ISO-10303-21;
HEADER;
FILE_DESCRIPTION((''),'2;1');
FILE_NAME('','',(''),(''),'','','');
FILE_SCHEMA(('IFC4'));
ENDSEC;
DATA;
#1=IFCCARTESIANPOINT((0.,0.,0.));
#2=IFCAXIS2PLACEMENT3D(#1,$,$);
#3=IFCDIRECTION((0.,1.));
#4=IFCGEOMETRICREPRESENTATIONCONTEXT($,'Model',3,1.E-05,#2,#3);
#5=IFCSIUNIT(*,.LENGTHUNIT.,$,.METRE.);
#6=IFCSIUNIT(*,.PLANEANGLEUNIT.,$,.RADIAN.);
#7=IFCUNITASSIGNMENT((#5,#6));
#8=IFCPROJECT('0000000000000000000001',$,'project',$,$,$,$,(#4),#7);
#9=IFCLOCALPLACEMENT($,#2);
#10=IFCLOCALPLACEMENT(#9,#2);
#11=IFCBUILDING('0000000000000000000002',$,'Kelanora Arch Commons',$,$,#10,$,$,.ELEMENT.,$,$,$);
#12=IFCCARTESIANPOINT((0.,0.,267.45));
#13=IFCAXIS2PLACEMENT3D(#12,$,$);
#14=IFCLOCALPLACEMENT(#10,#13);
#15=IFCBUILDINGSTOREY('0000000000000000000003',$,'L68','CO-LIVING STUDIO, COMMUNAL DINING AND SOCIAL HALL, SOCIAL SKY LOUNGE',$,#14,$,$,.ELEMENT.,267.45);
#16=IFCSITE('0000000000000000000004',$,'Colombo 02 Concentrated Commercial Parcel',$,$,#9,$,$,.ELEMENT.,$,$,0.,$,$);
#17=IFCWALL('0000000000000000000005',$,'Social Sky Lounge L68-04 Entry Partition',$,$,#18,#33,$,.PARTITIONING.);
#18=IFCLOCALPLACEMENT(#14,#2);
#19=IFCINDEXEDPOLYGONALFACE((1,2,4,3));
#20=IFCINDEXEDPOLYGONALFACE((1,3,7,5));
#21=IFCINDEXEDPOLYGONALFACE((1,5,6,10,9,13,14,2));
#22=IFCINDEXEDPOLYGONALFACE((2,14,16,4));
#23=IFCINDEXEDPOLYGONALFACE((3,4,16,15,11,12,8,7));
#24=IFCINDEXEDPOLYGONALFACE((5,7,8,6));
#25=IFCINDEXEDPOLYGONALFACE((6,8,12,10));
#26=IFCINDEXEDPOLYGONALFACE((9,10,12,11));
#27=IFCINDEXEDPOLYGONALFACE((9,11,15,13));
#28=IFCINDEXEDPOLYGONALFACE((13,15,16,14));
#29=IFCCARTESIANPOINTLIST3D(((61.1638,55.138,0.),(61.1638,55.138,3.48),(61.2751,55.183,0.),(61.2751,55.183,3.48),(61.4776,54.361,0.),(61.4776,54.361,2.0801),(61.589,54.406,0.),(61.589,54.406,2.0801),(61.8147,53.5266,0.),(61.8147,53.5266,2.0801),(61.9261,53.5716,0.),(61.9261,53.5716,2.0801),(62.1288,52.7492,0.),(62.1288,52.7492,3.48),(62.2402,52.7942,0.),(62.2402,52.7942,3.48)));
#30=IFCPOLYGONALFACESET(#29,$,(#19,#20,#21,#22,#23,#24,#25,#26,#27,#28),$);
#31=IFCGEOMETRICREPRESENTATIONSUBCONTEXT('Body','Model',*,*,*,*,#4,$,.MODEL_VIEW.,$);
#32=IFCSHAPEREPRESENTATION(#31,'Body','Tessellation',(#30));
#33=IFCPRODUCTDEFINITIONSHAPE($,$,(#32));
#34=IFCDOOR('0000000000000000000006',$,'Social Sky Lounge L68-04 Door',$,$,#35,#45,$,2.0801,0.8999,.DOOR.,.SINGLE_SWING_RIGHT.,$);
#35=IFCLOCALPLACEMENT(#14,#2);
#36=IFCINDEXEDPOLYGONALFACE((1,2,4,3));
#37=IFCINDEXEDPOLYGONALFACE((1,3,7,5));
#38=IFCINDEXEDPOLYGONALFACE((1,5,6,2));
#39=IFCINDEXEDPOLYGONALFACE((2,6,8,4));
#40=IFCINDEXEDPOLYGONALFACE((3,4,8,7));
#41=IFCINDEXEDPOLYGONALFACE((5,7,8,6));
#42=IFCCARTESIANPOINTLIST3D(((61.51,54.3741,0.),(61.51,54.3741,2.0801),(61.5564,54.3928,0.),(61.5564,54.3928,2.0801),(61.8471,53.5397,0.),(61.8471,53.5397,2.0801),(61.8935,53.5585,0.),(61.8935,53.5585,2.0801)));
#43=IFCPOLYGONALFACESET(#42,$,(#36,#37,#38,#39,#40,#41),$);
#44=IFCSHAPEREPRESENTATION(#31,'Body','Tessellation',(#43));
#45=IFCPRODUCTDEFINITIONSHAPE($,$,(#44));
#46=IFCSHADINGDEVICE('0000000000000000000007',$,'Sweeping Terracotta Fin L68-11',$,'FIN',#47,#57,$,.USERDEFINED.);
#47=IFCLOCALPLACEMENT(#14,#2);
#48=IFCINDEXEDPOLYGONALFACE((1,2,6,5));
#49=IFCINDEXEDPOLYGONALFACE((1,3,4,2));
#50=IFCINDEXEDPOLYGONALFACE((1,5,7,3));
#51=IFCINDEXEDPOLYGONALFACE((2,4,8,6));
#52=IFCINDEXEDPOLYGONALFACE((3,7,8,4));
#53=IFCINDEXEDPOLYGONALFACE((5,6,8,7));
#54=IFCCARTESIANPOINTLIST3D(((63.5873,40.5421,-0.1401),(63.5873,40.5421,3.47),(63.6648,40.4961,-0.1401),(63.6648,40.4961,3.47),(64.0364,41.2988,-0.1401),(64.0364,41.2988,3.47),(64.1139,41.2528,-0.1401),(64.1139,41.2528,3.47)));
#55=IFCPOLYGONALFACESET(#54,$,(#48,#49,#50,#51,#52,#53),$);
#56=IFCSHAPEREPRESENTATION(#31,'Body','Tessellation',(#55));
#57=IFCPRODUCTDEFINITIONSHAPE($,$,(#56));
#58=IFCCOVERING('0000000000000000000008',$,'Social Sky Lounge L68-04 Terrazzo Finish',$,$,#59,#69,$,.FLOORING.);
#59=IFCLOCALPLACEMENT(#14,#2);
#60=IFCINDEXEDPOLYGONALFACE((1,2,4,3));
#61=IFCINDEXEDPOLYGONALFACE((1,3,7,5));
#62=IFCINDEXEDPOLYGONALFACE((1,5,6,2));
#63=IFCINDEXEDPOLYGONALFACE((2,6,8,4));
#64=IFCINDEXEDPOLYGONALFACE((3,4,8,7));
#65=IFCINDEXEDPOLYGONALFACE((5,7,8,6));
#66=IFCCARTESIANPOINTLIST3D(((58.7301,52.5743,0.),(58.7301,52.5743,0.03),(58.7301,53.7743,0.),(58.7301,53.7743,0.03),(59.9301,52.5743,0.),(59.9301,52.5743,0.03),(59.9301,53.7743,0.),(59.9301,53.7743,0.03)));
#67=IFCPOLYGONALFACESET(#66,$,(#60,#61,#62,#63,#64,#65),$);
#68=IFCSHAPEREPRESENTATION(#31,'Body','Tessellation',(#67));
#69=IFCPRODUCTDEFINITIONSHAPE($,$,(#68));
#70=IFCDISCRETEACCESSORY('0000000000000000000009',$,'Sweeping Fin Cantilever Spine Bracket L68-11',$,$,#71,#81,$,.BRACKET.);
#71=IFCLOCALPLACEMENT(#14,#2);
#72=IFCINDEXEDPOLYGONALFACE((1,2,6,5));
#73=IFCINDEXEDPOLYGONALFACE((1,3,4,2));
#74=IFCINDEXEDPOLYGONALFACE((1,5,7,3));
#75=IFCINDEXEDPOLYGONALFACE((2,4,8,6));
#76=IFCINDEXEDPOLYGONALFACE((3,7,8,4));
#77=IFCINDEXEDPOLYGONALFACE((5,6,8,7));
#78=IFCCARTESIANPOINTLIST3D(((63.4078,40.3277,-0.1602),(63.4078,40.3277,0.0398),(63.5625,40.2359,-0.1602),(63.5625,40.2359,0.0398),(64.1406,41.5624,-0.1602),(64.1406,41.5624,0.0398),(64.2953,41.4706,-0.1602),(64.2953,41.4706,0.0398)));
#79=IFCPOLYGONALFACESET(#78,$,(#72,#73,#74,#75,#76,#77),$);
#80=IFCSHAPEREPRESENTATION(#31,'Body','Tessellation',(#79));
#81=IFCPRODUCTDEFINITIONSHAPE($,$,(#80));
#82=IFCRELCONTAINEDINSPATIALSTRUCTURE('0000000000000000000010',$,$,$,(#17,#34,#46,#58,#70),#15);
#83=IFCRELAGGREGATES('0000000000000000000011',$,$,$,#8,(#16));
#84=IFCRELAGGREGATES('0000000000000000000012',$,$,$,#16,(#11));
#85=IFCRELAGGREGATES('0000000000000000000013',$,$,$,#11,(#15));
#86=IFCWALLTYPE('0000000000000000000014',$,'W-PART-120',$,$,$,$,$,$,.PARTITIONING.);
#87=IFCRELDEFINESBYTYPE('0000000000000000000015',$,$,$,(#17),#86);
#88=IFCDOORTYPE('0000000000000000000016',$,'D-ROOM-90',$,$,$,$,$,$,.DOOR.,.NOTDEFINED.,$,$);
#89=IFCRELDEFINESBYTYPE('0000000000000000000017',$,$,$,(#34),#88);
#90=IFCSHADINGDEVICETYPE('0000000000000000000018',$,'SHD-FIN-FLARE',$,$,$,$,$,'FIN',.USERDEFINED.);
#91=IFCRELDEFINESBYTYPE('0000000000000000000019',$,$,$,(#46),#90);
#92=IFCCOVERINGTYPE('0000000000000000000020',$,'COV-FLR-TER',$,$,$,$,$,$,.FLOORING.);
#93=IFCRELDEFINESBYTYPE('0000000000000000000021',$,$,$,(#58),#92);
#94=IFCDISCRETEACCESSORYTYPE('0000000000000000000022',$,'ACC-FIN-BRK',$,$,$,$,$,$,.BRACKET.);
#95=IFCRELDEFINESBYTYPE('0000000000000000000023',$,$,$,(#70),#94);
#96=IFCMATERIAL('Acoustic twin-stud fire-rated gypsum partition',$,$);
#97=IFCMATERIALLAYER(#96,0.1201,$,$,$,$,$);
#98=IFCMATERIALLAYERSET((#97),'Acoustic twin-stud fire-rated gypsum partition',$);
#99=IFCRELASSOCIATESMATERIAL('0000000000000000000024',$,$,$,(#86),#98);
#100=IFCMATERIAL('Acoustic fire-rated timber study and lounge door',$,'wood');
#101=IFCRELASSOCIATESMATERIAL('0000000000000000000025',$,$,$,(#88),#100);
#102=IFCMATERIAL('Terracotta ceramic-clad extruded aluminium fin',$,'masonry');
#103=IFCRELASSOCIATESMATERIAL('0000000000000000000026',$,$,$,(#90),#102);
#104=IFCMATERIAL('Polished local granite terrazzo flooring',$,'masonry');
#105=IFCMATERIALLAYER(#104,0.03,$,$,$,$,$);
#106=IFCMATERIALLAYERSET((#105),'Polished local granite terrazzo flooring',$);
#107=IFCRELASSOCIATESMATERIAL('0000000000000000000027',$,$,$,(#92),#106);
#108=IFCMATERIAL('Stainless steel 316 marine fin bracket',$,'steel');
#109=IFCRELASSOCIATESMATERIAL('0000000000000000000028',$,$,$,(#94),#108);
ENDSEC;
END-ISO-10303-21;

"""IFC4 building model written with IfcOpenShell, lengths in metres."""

from ifc_helpers import new_model, si_unit, direction, frame, frame_2d, origin, origin_2d, place, context, subcontext, project, spatial, rectangle, extrude, source, transform, mapped, material, layer, layer_set, type_object, element, fill, save


model = new_model("IFC4")

# Units and contexts
model_context = context("Model", 3, precision=1e-05, world=origin(), true_north=direction((0.0, 1.0)))
body_context = subcontext(model_context, "Body", "Model", "MODEL_VIEW")
ifc_project = project(units=[si_unit("LENGTHUNIT", "METRE"), si_unit("PLANEANGLEUNIT", "RADIAN")], contexts=[model_context])

# Site, building, storey
site_placement = place(None, origin())
site = spatial("IfcSite", under=ifc_project, at=site_placement, Name="Colombo 02 Concentrated Commercial Parcel", CompositionType="ELEMENT", RefElevation=0.0)
building_placement = place(site_placement, origin())
building = spatial("IfcBuilding", under=site, at=building_placement, Name="Kelanora Arch Commons", CompositionType="ELEMENT")
storey_placement = place(building_placement, frame((0.0, 0.0, 267.45)))
storey = spatial("IfcBuildingStorey", under=building, at=storey_placement, Name="L68", Description="CO-LIVING STUDIO, COMMUNAL DINING AND SOCIAL HALL, SOCIAL SKY LOUNGE", CompositionType="ELEMENT", Elevation=267.45)

# Wall, opening, door
ifc_material_1 = material(Name="Acoustic twin-stud fire-rated gypsum partition")
ifc_layer_1 = layer(ifc_material_1, 0.1201)
ifc_layer_set_1 = layer_set([ifc_layer_1], Name="Acoustic twin-stud fire-rated gypsum partition")
wall_type_1 = type_object("IfcWallType", Name="W-PART-120", PredefinedType="PARTITIONING", material=ifc_layer_set_1)
wall_1_placement = place(storey_placement, frame((61.2195, 55.1604, 0.0), z_axis=(0.0, 0.0, 1.0), x_axis=(0.374574, -0.927197, 0.0)))
wall_1 = element("IfcWall", 1, at=wall_1_placement, inside=storey, type_object=wall_type_1, Name="Social Sky Lounge L68-04 Entry Partition", PredefinedType="PARTITIONING", context=body_context, shape_type="SweptSolid", body=[
    extrude(rectangle(XDim=2.5764, YDim=0.1201, at=frame_2d((1.2881, 0.0))), origin(), (0.0, 0.0, 1.0), 3.48),
])
opening_1_placement = place(wall_1_placement, frame((0.8379, 0.0, 0.0)))
opening_1 = element("IfcOpeningElement", 2, at=opening_1_placement, cuts=wall_1, PredefinedType="OPENING", context=body_context, shape_type="SweptSolid", body=[
    extrude(rectangle(XDim=0.8999, YDim=2.0801, at=frame_2d((0.45, 1.04))), frame((0.0, 0.0701, 0.0), z_axis=(0.0, -1.0, 0.0), x_axis=(1.0, 0.0, 0.0)), (0.0, 0.0, 1.0), 0.1401),
])
ifc_material_2 = material(Name="Acoustic fire-rated timber study and lounge door", Category="wood")
door_type = type_object("IfcDoorType", Name="D-ROOM-90", OperationType="NOTDEFINED", PredefinedType="DOOR", material=ifc_material_2)
door_placement = place(opening_1_placement, origin())
door = element("IfcDoor", 3, at=door_placement, inside=storey, type_object=door_type, Name="Social Sky Lounge L68-04 Door", OperationType="SINGLE_SWING_RIGHT", OverallHeight=2.0801, OverallWidth=0.8999, PredefinedType="DOOR", context=body_context, shape_type="SweptSolid", body=[
    extrude(rectangle(XDim=0.8999, YDim=2.0801, at=frame_2d((0.45, 1.04))), frame((0.0, 0.0249, 0.0), z_axis=(0.0, -1.0, 0.0), x_axis=(1.0, 0.0, 0.0)), (0.0, 0.0, 1.0), 0.05),
])
fill(opening_1, door)

# Shading device
ifc_material_3 = material(Name="Terracotta ceramic-clad extruded aluminium fin", Category="masonry")
shading_device_type = type_object("IfcShadingDeviceType", Name="SHD-FIN-FLARE", ElementType="FIN", PredefinedType="USERDEFINED", material=ifc_material_3)
shared_shape_1 = source(origin(), body_context, "Body", "SweptSolid", [
    extrude(rectangle(XDim=0.8799, YDim=0.0901, at=origin_2d()), origin(), (0.0, 0.0, 1.0), 3.6101),
])
shading_device_placement = place(storey_placement, frame((63.8506, 40.8975, -0.1401), z_axis=(0.0, 0.0, 1.0), x_axis=(-0.510393, -0.859941, 0.0)))
element("IfcShadingDevice", 4, at=shading_device_placement, inside=storey, type_object=shading_device_type, Name="Sweeping Terracotta Fin L68-11", ObjectType="FIN", PredefinedType="USERDEFINED", context=body_context, shape_type="MappedRepresentation", body=[
    mapped(shared_shape_1, transform((0.0, 0.0, 0.0), scale=1.0)),
])

# Covering
ifc_material_4 = material(Name="Polished local granite terrazzo flooring", Category="masonry")
ifc_layer_2 = layer(ifc_material_4, 0.03)
ifc_layer_set_2 = layer_set([ifc_layer_2], Name="Polished local granite terrazzo flooring")
covering_type = type_object("IfcCoveringType", Name="COV-FLR-TER", PredefinedType="FLOORING", material=ifc_layer_set_2)
shared_shape_2 = source(origin(), body_context, "Body", "SweptSolid", [
    extrude(rectangle(XDim=1.2, YDim=1.2, at=origin_2d()), origin(), (0.0, 0.0, 1.0), 0.03),
])
covering_placement = place(storey_placement, frame((59.3301, 53.1743, 0.0), z_axis=(0.0, 0.0, 1.0), x_axis=(1.0, 0.0, 0.0)))
element("IfcCovering", 5, at=covering_placement, inside=storey, type_object=covering_type, Name="Social Sky Lounge L68-04 Terrazzo Finish", PredefinedType="FLOORING", context=body_context, shape_type="MappedRepresentation", body=[
    mapped(shared_shape_2, transform((0.0, 0.0, 0.0), scale=1.0)),
])

# Discrete accessory
ifc_material_5 = material(Name="Stainless steel 316 marine fin bracket", Category="steel")
discrete_accessory_type = type_object("IfcDiscreteAccessoryType", Name="ACC-FIN-BRK", PredefinedType="BRACKET", material=ifc_material_5)
shared_shape_3 = source(origin(), body_context, "Body", "SweptSolid", [
    extrude(rectangle(XDim=1.4358, YDim=0.1799, at=origin_2d()), origin(), (0.0, 0.0, 1.0), 0.2),
])
discrete_accessory_placement = place(storey_placement, frame((63.8516, 40.8992, -0.1602), z_axis=(0.0, 0.0, 1.0), x_axis=(-0.510393, -0.859941, 0.0)))
element("IfcDiscreteAccessory", 6, at=discrete_accessory_placement, inside=storey, type_object=discrete_accessory_type, Name="Sweeping Fin Cantilever Spine Bracket L68-11", PredefinedType="BRACKET", context=body_context, shape_type="MappedRepresentation", body=[
    mapped(shared_shape_3, transform((0.0, 0.0, 0.0), scale=1.0)),
])

save(model, "model.ifc")
